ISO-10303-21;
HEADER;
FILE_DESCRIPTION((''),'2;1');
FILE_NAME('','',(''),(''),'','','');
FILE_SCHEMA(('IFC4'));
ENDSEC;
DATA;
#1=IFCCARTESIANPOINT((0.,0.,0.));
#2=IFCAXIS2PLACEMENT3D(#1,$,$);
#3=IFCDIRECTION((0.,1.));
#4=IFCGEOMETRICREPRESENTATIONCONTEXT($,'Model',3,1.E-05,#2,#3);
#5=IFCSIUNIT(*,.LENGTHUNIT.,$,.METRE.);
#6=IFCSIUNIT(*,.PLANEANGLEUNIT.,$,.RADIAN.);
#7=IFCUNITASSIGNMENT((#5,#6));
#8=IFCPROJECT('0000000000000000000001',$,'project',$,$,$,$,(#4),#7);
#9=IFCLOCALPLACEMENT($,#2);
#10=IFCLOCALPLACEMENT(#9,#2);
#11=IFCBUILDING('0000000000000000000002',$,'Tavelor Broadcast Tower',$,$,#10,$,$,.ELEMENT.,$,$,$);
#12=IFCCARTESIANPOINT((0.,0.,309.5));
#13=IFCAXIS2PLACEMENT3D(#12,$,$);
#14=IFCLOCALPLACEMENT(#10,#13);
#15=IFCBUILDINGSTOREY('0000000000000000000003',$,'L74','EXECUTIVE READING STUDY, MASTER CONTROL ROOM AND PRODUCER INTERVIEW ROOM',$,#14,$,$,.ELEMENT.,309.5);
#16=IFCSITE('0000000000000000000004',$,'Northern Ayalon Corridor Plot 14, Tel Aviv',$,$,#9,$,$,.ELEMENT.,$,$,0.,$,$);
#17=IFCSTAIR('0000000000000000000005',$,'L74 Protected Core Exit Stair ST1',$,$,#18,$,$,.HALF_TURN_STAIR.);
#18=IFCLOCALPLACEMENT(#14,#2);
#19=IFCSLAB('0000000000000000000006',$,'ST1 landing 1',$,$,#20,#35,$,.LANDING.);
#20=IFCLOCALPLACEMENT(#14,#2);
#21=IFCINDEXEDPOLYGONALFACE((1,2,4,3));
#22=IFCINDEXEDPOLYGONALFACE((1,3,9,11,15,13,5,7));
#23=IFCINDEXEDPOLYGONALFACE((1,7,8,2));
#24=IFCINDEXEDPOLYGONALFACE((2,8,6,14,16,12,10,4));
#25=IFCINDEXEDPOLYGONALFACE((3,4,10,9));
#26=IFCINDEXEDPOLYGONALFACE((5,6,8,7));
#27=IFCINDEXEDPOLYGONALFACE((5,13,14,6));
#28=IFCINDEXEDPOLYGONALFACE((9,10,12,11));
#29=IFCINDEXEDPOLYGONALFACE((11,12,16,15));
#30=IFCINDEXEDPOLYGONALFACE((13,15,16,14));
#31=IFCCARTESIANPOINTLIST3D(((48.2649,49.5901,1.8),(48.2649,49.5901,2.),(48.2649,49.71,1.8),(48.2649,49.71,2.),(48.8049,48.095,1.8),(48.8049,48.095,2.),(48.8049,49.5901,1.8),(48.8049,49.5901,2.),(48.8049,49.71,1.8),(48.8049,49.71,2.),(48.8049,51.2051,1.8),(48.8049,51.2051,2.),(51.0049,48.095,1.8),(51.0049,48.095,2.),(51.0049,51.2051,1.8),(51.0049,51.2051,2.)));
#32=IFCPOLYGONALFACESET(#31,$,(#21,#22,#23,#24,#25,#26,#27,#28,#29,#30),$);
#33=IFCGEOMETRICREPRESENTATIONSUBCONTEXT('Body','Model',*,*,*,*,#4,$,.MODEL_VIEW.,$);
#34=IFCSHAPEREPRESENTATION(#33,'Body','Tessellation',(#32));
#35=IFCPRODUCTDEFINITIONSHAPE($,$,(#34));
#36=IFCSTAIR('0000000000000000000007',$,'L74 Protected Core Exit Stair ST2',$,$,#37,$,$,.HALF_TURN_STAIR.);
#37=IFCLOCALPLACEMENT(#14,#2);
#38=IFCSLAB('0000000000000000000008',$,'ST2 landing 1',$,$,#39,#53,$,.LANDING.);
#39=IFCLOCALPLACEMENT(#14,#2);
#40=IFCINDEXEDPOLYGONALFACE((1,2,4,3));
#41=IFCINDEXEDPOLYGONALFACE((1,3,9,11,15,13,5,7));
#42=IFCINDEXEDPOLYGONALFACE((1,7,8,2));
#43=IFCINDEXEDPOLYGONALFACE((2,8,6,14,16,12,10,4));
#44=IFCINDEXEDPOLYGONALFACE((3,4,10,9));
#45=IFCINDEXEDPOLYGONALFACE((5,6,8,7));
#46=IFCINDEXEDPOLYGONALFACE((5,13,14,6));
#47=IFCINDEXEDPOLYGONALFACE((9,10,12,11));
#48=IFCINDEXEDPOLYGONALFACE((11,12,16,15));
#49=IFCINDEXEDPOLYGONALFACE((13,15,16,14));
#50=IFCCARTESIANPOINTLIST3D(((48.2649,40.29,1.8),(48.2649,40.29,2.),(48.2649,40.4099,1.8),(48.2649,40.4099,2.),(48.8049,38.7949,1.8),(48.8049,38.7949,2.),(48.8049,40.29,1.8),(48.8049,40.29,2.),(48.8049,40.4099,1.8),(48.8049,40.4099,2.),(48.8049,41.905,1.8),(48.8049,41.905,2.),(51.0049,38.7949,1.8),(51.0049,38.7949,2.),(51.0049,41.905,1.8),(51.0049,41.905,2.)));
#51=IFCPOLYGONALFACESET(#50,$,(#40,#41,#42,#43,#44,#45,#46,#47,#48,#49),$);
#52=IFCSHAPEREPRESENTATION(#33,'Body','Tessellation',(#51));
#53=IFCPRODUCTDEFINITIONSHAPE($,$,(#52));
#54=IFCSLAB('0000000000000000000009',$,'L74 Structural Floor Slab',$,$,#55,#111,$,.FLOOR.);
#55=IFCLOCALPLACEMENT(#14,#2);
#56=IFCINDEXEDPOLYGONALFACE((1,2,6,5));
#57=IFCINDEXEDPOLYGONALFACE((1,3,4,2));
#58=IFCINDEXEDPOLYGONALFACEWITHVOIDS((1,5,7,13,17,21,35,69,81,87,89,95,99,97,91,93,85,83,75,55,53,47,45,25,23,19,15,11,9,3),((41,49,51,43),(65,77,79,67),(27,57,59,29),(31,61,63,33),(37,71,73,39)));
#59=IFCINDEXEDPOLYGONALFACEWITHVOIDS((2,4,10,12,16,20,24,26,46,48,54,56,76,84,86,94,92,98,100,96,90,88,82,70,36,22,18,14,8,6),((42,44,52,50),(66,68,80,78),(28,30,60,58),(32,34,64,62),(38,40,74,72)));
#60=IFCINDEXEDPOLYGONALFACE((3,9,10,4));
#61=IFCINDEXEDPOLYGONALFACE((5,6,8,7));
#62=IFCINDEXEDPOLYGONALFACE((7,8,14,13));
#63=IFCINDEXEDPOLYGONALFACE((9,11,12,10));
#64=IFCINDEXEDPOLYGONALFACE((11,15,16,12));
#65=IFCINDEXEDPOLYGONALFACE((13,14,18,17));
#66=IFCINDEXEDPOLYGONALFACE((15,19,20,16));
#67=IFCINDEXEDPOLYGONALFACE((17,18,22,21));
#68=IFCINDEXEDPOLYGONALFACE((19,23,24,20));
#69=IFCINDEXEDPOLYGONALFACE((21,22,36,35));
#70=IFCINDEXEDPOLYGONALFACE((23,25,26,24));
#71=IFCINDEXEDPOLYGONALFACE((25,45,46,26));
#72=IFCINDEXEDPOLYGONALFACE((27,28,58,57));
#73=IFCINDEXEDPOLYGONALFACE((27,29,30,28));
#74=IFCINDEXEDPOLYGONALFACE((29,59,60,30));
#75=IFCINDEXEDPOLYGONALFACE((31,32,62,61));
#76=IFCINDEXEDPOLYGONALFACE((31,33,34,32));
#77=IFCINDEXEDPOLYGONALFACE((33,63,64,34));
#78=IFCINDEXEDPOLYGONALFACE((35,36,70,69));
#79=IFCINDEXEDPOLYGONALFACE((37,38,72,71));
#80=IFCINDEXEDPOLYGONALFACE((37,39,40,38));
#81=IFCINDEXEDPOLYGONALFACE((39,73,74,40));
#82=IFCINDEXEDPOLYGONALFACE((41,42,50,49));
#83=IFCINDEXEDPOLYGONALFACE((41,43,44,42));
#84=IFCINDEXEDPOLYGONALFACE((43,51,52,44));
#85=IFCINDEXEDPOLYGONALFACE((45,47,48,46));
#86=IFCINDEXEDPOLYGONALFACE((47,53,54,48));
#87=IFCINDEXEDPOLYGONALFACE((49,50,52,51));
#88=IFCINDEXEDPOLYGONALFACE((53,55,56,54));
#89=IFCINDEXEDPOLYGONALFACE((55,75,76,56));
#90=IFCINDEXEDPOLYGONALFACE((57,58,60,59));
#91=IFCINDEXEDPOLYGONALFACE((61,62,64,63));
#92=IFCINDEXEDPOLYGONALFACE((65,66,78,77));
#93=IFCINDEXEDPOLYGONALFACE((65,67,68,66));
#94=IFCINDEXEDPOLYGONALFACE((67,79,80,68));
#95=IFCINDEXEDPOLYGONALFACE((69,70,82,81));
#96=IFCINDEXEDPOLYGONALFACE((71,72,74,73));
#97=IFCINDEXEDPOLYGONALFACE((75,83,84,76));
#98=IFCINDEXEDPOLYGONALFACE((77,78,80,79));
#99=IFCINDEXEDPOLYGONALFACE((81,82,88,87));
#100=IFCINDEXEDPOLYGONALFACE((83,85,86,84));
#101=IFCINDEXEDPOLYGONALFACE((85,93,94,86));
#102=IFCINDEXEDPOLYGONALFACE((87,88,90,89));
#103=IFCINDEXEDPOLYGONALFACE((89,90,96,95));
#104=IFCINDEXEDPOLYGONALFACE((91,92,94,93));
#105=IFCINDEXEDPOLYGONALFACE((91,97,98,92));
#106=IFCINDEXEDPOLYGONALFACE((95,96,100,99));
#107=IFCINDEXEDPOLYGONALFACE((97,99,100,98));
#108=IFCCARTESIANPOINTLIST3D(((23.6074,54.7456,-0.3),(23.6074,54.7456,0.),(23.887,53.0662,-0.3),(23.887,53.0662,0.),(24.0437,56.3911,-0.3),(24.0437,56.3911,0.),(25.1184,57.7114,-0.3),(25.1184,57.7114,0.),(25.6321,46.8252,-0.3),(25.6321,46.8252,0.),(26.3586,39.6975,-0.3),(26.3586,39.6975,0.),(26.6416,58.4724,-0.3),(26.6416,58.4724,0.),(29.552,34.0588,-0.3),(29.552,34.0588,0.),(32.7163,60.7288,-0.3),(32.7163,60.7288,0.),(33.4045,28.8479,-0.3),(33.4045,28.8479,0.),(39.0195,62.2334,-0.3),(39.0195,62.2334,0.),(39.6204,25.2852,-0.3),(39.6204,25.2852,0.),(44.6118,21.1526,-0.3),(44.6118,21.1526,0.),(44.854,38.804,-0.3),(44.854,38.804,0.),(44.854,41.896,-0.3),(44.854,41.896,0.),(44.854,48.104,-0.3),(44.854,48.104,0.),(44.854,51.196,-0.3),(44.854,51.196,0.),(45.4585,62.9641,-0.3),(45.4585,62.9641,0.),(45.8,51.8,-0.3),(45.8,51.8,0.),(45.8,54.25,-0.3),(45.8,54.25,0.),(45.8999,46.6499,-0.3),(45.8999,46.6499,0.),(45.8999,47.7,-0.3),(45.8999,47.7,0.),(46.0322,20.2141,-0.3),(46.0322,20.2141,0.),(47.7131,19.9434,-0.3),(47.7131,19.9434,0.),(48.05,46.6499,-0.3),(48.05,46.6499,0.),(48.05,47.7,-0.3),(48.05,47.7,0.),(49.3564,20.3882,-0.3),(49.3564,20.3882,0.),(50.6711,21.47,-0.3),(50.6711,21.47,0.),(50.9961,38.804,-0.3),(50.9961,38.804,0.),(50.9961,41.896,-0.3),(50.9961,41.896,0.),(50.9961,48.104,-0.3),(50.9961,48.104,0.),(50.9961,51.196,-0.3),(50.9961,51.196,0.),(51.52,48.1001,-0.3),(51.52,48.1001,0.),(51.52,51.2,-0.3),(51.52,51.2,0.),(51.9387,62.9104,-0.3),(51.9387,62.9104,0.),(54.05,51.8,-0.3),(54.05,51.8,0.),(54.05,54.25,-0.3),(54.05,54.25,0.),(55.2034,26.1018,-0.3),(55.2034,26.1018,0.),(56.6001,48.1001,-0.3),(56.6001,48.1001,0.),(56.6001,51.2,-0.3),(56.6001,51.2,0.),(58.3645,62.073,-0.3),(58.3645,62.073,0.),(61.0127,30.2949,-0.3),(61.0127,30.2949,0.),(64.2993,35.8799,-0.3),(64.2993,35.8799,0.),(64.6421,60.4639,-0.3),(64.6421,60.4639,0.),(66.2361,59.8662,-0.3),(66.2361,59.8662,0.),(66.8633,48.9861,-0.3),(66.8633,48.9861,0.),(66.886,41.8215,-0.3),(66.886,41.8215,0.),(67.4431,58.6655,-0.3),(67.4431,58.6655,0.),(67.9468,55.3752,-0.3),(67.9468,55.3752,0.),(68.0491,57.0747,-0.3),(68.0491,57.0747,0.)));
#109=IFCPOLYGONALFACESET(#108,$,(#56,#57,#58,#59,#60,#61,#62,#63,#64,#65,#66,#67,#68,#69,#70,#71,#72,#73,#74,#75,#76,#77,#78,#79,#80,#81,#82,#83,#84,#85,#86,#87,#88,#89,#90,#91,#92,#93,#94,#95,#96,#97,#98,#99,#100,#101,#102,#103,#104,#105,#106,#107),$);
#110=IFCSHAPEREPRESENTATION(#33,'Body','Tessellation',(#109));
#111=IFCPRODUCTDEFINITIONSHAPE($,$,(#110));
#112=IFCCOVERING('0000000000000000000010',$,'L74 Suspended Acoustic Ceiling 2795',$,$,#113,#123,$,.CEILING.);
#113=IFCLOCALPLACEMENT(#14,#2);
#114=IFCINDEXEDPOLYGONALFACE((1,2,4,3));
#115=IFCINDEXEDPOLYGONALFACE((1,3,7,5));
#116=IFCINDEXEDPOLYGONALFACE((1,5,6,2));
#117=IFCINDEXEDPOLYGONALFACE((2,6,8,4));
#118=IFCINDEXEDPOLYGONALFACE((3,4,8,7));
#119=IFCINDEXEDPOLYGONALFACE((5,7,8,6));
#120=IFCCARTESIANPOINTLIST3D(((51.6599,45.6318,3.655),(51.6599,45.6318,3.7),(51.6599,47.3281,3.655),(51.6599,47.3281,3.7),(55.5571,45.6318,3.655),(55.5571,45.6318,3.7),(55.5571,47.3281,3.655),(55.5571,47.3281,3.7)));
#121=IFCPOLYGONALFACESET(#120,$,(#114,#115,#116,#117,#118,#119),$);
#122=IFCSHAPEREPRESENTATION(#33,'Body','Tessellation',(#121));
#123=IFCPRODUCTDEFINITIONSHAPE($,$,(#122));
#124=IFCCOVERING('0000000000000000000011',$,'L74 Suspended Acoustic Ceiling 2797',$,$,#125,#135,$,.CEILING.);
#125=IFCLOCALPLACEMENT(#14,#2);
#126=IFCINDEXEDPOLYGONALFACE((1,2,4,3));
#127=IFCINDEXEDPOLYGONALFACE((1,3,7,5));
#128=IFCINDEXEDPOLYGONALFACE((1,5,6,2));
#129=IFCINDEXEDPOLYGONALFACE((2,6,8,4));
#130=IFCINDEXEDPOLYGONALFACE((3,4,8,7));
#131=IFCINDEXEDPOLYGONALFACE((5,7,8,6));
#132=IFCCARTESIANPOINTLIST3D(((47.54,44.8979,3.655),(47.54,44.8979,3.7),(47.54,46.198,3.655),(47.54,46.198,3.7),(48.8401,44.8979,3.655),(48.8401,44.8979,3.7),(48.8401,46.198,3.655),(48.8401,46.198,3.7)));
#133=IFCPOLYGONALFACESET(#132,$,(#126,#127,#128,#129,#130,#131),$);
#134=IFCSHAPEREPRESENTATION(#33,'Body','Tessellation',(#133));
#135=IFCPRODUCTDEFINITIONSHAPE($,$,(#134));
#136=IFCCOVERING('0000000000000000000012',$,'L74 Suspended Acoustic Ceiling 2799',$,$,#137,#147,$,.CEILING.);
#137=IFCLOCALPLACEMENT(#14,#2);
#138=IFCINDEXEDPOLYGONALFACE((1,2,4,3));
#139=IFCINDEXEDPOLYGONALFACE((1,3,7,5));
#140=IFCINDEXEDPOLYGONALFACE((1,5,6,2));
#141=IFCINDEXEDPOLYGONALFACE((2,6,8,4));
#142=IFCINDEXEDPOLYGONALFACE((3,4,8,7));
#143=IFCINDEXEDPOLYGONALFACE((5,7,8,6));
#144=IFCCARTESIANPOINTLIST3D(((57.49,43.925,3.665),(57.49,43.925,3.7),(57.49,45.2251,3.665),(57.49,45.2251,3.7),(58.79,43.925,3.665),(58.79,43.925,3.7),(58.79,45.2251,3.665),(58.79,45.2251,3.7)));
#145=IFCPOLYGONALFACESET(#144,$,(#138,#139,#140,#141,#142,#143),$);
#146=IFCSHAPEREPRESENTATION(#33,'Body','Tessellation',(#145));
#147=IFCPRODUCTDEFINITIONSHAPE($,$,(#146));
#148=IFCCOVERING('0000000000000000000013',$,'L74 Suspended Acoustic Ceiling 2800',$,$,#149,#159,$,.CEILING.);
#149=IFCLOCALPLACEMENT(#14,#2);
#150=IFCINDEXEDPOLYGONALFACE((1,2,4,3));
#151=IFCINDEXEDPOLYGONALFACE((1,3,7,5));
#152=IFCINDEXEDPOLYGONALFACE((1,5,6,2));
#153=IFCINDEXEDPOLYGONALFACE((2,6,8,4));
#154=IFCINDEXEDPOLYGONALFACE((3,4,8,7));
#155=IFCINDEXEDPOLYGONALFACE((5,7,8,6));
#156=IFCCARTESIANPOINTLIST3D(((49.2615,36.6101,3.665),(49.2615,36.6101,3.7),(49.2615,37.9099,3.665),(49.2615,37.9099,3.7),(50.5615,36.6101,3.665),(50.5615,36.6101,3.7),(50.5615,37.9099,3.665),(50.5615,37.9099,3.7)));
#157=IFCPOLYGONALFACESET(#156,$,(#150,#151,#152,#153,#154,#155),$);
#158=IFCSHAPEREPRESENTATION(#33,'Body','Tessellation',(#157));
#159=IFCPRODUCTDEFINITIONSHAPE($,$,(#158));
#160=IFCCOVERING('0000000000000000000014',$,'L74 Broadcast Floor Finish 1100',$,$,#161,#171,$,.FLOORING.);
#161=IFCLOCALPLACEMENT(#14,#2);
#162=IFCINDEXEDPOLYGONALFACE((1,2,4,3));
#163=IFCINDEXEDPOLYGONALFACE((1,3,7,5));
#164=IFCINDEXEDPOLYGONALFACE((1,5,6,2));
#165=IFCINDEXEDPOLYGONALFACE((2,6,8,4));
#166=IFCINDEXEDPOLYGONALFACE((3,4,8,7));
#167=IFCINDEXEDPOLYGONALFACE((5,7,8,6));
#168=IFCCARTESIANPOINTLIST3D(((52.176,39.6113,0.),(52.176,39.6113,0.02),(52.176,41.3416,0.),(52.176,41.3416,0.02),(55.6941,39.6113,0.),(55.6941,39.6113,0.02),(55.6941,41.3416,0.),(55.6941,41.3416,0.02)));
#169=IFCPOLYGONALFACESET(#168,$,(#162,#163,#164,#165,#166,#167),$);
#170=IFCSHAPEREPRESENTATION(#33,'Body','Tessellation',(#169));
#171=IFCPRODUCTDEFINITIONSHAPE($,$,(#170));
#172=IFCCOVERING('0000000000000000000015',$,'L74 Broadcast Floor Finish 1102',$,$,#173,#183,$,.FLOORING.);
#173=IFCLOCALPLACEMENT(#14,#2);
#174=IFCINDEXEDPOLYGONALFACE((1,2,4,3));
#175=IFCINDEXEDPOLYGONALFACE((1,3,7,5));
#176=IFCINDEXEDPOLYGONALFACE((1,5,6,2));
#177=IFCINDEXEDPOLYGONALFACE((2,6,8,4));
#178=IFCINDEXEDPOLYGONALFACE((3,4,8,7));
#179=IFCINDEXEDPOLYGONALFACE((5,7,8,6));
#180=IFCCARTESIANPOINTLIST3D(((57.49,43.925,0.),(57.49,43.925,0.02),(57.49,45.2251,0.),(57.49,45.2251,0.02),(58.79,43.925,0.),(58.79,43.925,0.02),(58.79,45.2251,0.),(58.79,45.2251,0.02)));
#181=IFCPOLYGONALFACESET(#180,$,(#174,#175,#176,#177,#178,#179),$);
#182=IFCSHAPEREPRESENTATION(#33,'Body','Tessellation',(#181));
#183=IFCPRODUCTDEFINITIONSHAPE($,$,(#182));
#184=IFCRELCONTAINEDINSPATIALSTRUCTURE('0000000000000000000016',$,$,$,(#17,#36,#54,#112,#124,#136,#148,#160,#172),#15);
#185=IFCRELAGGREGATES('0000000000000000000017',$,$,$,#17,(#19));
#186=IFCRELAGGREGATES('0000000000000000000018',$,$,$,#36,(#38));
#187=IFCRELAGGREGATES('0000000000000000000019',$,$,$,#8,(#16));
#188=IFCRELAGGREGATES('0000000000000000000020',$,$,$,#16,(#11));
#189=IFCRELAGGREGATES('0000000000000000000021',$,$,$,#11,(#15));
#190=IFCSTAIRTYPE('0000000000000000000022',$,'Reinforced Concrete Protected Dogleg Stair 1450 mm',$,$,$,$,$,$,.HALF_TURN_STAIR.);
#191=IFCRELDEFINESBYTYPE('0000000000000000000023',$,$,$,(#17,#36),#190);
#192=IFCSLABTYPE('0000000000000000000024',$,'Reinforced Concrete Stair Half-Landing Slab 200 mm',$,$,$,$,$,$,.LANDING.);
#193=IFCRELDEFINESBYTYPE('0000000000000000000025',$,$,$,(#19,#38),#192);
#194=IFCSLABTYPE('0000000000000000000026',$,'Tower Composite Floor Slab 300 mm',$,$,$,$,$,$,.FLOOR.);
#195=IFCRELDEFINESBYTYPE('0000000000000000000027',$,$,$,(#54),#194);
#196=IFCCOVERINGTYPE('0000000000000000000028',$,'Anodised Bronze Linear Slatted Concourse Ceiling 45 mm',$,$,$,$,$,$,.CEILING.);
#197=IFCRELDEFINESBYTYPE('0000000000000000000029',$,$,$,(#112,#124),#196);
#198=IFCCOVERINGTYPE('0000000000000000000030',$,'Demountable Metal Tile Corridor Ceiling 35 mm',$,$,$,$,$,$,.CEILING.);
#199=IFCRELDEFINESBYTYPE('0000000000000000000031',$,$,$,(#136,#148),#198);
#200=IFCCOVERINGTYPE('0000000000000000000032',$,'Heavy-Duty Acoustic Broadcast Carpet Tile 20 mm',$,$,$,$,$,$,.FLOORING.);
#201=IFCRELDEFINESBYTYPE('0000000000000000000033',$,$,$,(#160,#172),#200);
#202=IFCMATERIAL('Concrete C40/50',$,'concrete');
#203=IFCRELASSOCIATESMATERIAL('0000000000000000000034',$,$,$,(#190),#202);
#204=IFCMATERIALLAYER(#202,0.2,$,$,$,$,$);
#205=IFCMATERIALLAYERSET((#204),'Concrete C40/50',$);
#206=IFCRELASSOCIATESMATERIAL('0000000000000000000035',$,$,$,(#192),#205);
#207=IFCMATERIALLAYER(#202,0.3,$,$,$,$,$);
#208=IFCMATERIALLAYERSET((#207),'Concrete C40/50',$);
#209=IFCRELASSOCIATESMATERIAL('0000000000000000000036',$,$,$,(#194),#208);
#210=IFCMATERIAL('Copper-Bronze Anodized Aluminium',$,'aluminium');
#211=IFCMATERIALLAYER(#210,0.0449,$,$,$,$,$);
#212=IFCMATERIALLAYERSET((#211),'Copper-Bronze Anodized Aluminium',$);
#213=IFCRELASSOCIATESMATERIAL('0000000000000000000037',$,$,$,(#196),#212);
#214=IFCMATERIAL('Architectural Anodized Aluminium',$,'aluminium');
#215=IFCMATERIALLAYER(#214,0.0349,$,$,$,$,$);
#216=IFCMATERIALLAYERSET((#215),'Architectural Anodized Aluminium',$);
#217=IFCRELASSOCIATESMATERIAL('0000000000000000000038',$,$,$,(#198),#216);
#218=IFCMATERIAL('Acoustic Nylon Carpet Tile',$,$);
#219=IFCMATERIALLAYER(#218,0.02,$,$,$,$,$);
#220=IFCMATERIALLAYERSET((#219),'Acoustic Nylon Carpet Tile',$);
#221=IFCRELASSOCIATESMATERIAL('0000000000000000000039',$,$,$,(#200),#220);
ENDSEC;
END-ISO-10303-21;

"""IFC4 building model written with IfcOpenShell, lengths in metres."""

from ifc_helpers import new_model, si_unit, direction, frame, origin, place, context, subcontext, project, spatial, polyline, outline, extrude, material, layer, layer_set, type_object, element, aggregate, save


model = new_model("IFC4")

# Units and contexts
model_context = context("Model", 3, precision=1e-05, world=origin(), true_north=direction((0.0, 1.0)))
body_context = subcontext(model_context, "Body", "Model", "MODEL_VIEW")
ifc_project = project(units=[si_unit("LENGTHUNIT", "METRE"), si_unit("PLANEANGLEUNIT", "RADIAN")], contexts=[model_context])

# Site, building, storey
site_placement = place(None, origin())
site = spatial("IfcSite", under=ifc_project, at=site_placement, Name="Northern Ayalon Corridor Plot 14, Tel Aviv", CompositionType="ELEMENT", RefElevation=0.0)
building_placement = place(site_placement, origin())
building = spatial("IfcBuilding", under=site, at=building_placement, Name="Tavelor Broadcast Tower", CompositionType="ELEMENT")
storey_placement = place(building_placement, frame((0.0, 0.0, 309.5)))
storey = spatial("IfcBuildingStorey", under=building, at=storey_placement, Name="L74", Description="EXECUTIVE READING STUDY, MASTER CONTROL ROOM AND PRODUCER INTERVIEW ROOM", CompositionType="ELEMENT", Elevation=309.5)

# Stairs, slabs
ifc_material_1 = material(Name="Concrete C40/50", Category="concrete")
stair_type = type_object("IfcStairType", Name="Reinforced Concrete Protected Dogleg Stair 1450 mm", PredefinedType="HALF_TURN_STAIR", material=ifc_material_1)
stair_1_placement = place(storey_placement, origin())
stair_1 = element("IfcStair", 1, at=stair_1_placement, inside=storey, type_object=stair_type, Name="L74 Protected Core Exit Stair ST1", PredefinedType="HALF_TURN_STAIR")
ifc_layer_1 = layer(ifc_material_1, 0.2)
ifc_layer_set_1 = layer_set([ifc_layer_1], Name="Concrete C40/50")
slab_type_1 = type_object("IfcSlabType", Name="Reinforced Concrete Stair Half-Landing Slab 200 mm", PredefinedType="LANDING", material=ifc_layer_set_1)
slab_1_placement = place(storey_placement, frame((0.0, 0.0, 1.8)))
slab_1 = element("IfcSlab", 2, at=slab_1_placement, type_object=slab_type_1, Name="ST1 landing 1", PredefinedType="LANDING", context=body_context, shape_type="SweptSolid", body=[
    extrude(outline(polyline([(48.8049, 49.5901), (48.8049, 48.095), (51.0049, 48.095), (51.0049, 51.2051), (48.8049, 51.2051), (48.8049, 49.71), (48.2649, 49.71), (48.2649, 49.5901), (48.8049, 49.5901)])), origin(), (0.0, 0.0, 1.0), 0.2),
])
aggregate(stair_1, [slab_1])
stair_2_placement = place(storey_placement, origin())
stair_2 = element("IfcStair", 3, at=stair_2_placement, inside=storey, type_object=stair_type, Name="L74 Protected Core Exit Stair ST2", PredefinedType="HALF_TURN_STAIR")
slab_2_placement = place(storey_placement, frame((0.0, 0.0, 1.8)))
slab_2 = element("IfcSlab", 4, at=slab_2_placement, type_object=slab_type_1, Name="ST2 landing 1", PredefinedType="LANDING", context=body_context, shape_type="SweptSolid", body=[
    extrude(outline(polyline([(48.8049, 40.29), (48.8049, 38.7949), (51.0049, 38.7949), (51.0049, 41.905), (48.8049, 41.905), (48.8049, 40.4099), (48.2649, 40.4099), (48.2649, 40.29), (48.8049, 40.29)])), origin(), (0.0, 0.0, 1.0), 0.2),
])
aggregate(stair_2, [slab_2])

# Slab
ifc_layer_2 = layer(ifc_material_1, 0.3)
ifc_layer_set_2 = layer_set([ifc_layer_2], Name="Concrete C40/50")
slab_type_2 = type_object("IfcSlabType", Name="Tower Composite Floor Slab 300 mm", PredefinedType="FLOOR", material=ifc_layer_set_2)
slab_3_placement = place(storey_placement, frame((0.0, 0.0, -0.3)))
element("IfcSlab", 5, at=slab_3_placement, inside=storey, type_object=slab_type_2, Name="L74 Structural Floor Slab", PredefinedType="FLOOR", context=body_context, shape_type="SweptSolid", body=[
    extrude(outline(polyline([(26.6416, 58.4724), (25.1184, 57.7114), (24.0437, 56.3911), (23.6074, 54.7456), (23.887, 53.0662), (25.6321, 46.8252), (26.3586, 39.6975), (29.552, 34.0588), (33.4045, 28.8479), (39.6204, 25.2852), (44.6118, 21.1526), (46.0322, 20.2141), (47.7131, 19.9434), (49.3564, 20.3882), (50.6711, 21.47), (55.2034, 26.1018), (61.0127, 30.2949), (64.2993, 35.8799), (66.886, 41.8215), (66.8633, 48.9861), (67.9468, 55.3752), (68.0491, 57.0747), (67.4431, 58.6655), (66.2361, 59.8662), (64.6421, 60.4639), (58.3645, 62.073), (51.9387, 62.9104), (45.4585, 62.9641), (39.0195, 62.2334), (32.7163, 60.7288), (26.6416, 58.4724)]), holes=[polyline([(50.9961, 41.896), (50.9961, 38.804), (44.854, 38.804), (44.854, 41.896), (50.9961, 41.896)]), polyline([(48.05, 47.7), (48.05, 46.6499), (45.8999, 46.6499), (45.8999, 47.7), (48.05, 47.7)]), polyline([(50.9961, 51.196), (50.9961, 48.104), (44.854, 48.104), (44.854, 51.196), (50.9961, 51.196)]), polyline([(56.6001, 48.1001), (51.52, 48.1001), (51.52, 51.2), (56.6001, 51.2), (56.6001, 48.1001)]), polyline([(54.05, 51.8), (45.8, 51.8), (45.8, 54.25), (54.05, 54.25), (54.05, 51.8)])]), origin(), (0.0, 0.0, 1.0), 0.3),
])

# Coverings
ifc_material_2 = material(Name="Copper-Bronze Anodized Aluminium", Category="aluminium")
ifc_layer_3 = layer(ifc_material_2, 0.0449)
ifc_layer_set_3 = layer_set([ifc_layer_3], Name="Copper-Bronze Anodized Aluminium")
covering_type_1 = type_object("IfcCoveringType", Name="Anodised Bronze Linear Slatted Concourse Ceiling 45 mm", PredefinedType="CEILING", material=ifc_layer_set_3)
covering_1_placement = place(storey_placement, frame((0.0, 0.0, 3.655)))
element("IfcCovering", 6, at=covering_1_placement, inside=storey, type_object=covering_type_1, Name="L74 Suspended Acoustic Ceiling 2795", PredefinedType="CEILING", context=body_context, shape_type="SweptSolid", body=[
    extrude(outline(polyline([(51.6599, 45.6318), (55.5571, 45.6318), (55.5571, 47.3281), (51.6599, 47.3281), (51.6599, 45.6318)])), origin(), (0.0, 0.0, 1.0), 0.0449),
])
covering_2_placement = place(storey_placement, frame((0.0, 0.0, 3.655)))
element("IfcCovering", 7, at=covering_2_placement, inside=storey, type_object=covering_type_1, Name="L74 Suspended Acoustic Ceiling 2797", PredefinedType="CEILING", context=body_context, shape_type="SweptSolid", body=[
    extrude(outline(polyline([(47.54, 44.8979), (48.8401, 44.8979), (48.8401, 46.198), (47.54, 46.198), (47.54, 44.8979)])), origin(), (0.0, 0.0, 1.0), 0.0449),
])
ifc_material_3 = material(Name="Architectural Anodized Aluminium", Category="aluminium")
ifc_layer_4 = layer(ifc_material_3, 0.0349)
ifc_layer_set_4 = layer_set([ifc_layer_4], Name="Architectural Anodized Aluminium")
covering_type_2 = type_object("IfcCoveringType", Name="Demountable Metal Tile Corridor Ceiling 35 mm", PredefinedType="CEILING", material=ifc_layer_set_4)
covering_3_placement = place(storey_placement, frame((0.0, 0.0, 3.665)))
element("IfcCovering", 8, at=covering_3_placement, inside=storey, type_object=covering_type_2, Name="L74 Suspended Acoustic Ceiling 2799", PredefinedType="CEILING", context=body_context, shape_type="SweptSolid", body=[
    extrude(outline(polyline([(57.49, 43.925), (58.79, 43.925), (58.79, 45.2251), (57.49, 45.2251), (57.49, 43.925)])), origin(), (0.0, 0.0, 1.0), 0.0349),
])
covering_4_placement = place(storey_placement, frame((0.0, 0.0, 3.665)))
element("IfcCovering", 9, at=covering_4_placement, inside=storey, type_object=covering_type_2, Name="L74 Suspended Acoustic Ceiling 2800", PredefinedType="CEILING", context=body_context, shape_type="SweptSolid", body=[
    extrude(outline(polyline([(49.2615, 36.6101), (50.5615, 36.6101), (50.5615, 37.9099), (49.2615, 37.9099), (49.2615, 36.6101)])), origin(), (0.0, 0.0, 1.0), 0.0349),
])
ifc_material_4 = material(Name="Acoustic Nylon Carpet Tile")
ifc_layer_5 = layer(ifc_material_4, 0.02)
ifc_layer_set_5 = layer_set([ifc_layer_5], Name="Acoustic Nylon Carpet Tile")
covering_type_3 = type_object("IfcCoveringType", Name="Heavy-Duty Acoustic Broadcast Carpet Tile 20 mm", PredefinedType="FLOORING", material=ifc_layer_set_5)
covering_5_placement = place(storey_placement, origin())
element("IfcCovering", 10, at=covering_5_placement, inside=storey, type_object=covering_type_3, Name="L74 Broadcast Floor Finish 1100", PredefinedType="FLOORING", context=body_context, shape_type="SweptSolid", body=[
    extrude(outline(polyline([(52.176, 39.6113), (55.6941, 39.6113), (55.6941, 41.3416), (52.176, 41.3416), (52.176, 39.6113)])), origin(), (0.0, 0.0, 1.0), 0.02),
])
covering_6_placement = place(storey_placement, origin())
element("IfcCovering", 11, at=covering_6_placement, inside=storey, type_object=covering_type_3, Name="L74 Broadcast Floor Finish 1102", PredefinedType="FLOORING", context=body_context, shape_type="SweptSolid", body=[
    extrude(outline(polyline([(57.49, 43.925), (58.79, 43.925), (58.79, 45.2251), (57.49, 45.2251), (57.49, 43.925)])), origin(), (0.0, 0.0, 1.0), 0.02),
])

save(model, "model.ifc")
